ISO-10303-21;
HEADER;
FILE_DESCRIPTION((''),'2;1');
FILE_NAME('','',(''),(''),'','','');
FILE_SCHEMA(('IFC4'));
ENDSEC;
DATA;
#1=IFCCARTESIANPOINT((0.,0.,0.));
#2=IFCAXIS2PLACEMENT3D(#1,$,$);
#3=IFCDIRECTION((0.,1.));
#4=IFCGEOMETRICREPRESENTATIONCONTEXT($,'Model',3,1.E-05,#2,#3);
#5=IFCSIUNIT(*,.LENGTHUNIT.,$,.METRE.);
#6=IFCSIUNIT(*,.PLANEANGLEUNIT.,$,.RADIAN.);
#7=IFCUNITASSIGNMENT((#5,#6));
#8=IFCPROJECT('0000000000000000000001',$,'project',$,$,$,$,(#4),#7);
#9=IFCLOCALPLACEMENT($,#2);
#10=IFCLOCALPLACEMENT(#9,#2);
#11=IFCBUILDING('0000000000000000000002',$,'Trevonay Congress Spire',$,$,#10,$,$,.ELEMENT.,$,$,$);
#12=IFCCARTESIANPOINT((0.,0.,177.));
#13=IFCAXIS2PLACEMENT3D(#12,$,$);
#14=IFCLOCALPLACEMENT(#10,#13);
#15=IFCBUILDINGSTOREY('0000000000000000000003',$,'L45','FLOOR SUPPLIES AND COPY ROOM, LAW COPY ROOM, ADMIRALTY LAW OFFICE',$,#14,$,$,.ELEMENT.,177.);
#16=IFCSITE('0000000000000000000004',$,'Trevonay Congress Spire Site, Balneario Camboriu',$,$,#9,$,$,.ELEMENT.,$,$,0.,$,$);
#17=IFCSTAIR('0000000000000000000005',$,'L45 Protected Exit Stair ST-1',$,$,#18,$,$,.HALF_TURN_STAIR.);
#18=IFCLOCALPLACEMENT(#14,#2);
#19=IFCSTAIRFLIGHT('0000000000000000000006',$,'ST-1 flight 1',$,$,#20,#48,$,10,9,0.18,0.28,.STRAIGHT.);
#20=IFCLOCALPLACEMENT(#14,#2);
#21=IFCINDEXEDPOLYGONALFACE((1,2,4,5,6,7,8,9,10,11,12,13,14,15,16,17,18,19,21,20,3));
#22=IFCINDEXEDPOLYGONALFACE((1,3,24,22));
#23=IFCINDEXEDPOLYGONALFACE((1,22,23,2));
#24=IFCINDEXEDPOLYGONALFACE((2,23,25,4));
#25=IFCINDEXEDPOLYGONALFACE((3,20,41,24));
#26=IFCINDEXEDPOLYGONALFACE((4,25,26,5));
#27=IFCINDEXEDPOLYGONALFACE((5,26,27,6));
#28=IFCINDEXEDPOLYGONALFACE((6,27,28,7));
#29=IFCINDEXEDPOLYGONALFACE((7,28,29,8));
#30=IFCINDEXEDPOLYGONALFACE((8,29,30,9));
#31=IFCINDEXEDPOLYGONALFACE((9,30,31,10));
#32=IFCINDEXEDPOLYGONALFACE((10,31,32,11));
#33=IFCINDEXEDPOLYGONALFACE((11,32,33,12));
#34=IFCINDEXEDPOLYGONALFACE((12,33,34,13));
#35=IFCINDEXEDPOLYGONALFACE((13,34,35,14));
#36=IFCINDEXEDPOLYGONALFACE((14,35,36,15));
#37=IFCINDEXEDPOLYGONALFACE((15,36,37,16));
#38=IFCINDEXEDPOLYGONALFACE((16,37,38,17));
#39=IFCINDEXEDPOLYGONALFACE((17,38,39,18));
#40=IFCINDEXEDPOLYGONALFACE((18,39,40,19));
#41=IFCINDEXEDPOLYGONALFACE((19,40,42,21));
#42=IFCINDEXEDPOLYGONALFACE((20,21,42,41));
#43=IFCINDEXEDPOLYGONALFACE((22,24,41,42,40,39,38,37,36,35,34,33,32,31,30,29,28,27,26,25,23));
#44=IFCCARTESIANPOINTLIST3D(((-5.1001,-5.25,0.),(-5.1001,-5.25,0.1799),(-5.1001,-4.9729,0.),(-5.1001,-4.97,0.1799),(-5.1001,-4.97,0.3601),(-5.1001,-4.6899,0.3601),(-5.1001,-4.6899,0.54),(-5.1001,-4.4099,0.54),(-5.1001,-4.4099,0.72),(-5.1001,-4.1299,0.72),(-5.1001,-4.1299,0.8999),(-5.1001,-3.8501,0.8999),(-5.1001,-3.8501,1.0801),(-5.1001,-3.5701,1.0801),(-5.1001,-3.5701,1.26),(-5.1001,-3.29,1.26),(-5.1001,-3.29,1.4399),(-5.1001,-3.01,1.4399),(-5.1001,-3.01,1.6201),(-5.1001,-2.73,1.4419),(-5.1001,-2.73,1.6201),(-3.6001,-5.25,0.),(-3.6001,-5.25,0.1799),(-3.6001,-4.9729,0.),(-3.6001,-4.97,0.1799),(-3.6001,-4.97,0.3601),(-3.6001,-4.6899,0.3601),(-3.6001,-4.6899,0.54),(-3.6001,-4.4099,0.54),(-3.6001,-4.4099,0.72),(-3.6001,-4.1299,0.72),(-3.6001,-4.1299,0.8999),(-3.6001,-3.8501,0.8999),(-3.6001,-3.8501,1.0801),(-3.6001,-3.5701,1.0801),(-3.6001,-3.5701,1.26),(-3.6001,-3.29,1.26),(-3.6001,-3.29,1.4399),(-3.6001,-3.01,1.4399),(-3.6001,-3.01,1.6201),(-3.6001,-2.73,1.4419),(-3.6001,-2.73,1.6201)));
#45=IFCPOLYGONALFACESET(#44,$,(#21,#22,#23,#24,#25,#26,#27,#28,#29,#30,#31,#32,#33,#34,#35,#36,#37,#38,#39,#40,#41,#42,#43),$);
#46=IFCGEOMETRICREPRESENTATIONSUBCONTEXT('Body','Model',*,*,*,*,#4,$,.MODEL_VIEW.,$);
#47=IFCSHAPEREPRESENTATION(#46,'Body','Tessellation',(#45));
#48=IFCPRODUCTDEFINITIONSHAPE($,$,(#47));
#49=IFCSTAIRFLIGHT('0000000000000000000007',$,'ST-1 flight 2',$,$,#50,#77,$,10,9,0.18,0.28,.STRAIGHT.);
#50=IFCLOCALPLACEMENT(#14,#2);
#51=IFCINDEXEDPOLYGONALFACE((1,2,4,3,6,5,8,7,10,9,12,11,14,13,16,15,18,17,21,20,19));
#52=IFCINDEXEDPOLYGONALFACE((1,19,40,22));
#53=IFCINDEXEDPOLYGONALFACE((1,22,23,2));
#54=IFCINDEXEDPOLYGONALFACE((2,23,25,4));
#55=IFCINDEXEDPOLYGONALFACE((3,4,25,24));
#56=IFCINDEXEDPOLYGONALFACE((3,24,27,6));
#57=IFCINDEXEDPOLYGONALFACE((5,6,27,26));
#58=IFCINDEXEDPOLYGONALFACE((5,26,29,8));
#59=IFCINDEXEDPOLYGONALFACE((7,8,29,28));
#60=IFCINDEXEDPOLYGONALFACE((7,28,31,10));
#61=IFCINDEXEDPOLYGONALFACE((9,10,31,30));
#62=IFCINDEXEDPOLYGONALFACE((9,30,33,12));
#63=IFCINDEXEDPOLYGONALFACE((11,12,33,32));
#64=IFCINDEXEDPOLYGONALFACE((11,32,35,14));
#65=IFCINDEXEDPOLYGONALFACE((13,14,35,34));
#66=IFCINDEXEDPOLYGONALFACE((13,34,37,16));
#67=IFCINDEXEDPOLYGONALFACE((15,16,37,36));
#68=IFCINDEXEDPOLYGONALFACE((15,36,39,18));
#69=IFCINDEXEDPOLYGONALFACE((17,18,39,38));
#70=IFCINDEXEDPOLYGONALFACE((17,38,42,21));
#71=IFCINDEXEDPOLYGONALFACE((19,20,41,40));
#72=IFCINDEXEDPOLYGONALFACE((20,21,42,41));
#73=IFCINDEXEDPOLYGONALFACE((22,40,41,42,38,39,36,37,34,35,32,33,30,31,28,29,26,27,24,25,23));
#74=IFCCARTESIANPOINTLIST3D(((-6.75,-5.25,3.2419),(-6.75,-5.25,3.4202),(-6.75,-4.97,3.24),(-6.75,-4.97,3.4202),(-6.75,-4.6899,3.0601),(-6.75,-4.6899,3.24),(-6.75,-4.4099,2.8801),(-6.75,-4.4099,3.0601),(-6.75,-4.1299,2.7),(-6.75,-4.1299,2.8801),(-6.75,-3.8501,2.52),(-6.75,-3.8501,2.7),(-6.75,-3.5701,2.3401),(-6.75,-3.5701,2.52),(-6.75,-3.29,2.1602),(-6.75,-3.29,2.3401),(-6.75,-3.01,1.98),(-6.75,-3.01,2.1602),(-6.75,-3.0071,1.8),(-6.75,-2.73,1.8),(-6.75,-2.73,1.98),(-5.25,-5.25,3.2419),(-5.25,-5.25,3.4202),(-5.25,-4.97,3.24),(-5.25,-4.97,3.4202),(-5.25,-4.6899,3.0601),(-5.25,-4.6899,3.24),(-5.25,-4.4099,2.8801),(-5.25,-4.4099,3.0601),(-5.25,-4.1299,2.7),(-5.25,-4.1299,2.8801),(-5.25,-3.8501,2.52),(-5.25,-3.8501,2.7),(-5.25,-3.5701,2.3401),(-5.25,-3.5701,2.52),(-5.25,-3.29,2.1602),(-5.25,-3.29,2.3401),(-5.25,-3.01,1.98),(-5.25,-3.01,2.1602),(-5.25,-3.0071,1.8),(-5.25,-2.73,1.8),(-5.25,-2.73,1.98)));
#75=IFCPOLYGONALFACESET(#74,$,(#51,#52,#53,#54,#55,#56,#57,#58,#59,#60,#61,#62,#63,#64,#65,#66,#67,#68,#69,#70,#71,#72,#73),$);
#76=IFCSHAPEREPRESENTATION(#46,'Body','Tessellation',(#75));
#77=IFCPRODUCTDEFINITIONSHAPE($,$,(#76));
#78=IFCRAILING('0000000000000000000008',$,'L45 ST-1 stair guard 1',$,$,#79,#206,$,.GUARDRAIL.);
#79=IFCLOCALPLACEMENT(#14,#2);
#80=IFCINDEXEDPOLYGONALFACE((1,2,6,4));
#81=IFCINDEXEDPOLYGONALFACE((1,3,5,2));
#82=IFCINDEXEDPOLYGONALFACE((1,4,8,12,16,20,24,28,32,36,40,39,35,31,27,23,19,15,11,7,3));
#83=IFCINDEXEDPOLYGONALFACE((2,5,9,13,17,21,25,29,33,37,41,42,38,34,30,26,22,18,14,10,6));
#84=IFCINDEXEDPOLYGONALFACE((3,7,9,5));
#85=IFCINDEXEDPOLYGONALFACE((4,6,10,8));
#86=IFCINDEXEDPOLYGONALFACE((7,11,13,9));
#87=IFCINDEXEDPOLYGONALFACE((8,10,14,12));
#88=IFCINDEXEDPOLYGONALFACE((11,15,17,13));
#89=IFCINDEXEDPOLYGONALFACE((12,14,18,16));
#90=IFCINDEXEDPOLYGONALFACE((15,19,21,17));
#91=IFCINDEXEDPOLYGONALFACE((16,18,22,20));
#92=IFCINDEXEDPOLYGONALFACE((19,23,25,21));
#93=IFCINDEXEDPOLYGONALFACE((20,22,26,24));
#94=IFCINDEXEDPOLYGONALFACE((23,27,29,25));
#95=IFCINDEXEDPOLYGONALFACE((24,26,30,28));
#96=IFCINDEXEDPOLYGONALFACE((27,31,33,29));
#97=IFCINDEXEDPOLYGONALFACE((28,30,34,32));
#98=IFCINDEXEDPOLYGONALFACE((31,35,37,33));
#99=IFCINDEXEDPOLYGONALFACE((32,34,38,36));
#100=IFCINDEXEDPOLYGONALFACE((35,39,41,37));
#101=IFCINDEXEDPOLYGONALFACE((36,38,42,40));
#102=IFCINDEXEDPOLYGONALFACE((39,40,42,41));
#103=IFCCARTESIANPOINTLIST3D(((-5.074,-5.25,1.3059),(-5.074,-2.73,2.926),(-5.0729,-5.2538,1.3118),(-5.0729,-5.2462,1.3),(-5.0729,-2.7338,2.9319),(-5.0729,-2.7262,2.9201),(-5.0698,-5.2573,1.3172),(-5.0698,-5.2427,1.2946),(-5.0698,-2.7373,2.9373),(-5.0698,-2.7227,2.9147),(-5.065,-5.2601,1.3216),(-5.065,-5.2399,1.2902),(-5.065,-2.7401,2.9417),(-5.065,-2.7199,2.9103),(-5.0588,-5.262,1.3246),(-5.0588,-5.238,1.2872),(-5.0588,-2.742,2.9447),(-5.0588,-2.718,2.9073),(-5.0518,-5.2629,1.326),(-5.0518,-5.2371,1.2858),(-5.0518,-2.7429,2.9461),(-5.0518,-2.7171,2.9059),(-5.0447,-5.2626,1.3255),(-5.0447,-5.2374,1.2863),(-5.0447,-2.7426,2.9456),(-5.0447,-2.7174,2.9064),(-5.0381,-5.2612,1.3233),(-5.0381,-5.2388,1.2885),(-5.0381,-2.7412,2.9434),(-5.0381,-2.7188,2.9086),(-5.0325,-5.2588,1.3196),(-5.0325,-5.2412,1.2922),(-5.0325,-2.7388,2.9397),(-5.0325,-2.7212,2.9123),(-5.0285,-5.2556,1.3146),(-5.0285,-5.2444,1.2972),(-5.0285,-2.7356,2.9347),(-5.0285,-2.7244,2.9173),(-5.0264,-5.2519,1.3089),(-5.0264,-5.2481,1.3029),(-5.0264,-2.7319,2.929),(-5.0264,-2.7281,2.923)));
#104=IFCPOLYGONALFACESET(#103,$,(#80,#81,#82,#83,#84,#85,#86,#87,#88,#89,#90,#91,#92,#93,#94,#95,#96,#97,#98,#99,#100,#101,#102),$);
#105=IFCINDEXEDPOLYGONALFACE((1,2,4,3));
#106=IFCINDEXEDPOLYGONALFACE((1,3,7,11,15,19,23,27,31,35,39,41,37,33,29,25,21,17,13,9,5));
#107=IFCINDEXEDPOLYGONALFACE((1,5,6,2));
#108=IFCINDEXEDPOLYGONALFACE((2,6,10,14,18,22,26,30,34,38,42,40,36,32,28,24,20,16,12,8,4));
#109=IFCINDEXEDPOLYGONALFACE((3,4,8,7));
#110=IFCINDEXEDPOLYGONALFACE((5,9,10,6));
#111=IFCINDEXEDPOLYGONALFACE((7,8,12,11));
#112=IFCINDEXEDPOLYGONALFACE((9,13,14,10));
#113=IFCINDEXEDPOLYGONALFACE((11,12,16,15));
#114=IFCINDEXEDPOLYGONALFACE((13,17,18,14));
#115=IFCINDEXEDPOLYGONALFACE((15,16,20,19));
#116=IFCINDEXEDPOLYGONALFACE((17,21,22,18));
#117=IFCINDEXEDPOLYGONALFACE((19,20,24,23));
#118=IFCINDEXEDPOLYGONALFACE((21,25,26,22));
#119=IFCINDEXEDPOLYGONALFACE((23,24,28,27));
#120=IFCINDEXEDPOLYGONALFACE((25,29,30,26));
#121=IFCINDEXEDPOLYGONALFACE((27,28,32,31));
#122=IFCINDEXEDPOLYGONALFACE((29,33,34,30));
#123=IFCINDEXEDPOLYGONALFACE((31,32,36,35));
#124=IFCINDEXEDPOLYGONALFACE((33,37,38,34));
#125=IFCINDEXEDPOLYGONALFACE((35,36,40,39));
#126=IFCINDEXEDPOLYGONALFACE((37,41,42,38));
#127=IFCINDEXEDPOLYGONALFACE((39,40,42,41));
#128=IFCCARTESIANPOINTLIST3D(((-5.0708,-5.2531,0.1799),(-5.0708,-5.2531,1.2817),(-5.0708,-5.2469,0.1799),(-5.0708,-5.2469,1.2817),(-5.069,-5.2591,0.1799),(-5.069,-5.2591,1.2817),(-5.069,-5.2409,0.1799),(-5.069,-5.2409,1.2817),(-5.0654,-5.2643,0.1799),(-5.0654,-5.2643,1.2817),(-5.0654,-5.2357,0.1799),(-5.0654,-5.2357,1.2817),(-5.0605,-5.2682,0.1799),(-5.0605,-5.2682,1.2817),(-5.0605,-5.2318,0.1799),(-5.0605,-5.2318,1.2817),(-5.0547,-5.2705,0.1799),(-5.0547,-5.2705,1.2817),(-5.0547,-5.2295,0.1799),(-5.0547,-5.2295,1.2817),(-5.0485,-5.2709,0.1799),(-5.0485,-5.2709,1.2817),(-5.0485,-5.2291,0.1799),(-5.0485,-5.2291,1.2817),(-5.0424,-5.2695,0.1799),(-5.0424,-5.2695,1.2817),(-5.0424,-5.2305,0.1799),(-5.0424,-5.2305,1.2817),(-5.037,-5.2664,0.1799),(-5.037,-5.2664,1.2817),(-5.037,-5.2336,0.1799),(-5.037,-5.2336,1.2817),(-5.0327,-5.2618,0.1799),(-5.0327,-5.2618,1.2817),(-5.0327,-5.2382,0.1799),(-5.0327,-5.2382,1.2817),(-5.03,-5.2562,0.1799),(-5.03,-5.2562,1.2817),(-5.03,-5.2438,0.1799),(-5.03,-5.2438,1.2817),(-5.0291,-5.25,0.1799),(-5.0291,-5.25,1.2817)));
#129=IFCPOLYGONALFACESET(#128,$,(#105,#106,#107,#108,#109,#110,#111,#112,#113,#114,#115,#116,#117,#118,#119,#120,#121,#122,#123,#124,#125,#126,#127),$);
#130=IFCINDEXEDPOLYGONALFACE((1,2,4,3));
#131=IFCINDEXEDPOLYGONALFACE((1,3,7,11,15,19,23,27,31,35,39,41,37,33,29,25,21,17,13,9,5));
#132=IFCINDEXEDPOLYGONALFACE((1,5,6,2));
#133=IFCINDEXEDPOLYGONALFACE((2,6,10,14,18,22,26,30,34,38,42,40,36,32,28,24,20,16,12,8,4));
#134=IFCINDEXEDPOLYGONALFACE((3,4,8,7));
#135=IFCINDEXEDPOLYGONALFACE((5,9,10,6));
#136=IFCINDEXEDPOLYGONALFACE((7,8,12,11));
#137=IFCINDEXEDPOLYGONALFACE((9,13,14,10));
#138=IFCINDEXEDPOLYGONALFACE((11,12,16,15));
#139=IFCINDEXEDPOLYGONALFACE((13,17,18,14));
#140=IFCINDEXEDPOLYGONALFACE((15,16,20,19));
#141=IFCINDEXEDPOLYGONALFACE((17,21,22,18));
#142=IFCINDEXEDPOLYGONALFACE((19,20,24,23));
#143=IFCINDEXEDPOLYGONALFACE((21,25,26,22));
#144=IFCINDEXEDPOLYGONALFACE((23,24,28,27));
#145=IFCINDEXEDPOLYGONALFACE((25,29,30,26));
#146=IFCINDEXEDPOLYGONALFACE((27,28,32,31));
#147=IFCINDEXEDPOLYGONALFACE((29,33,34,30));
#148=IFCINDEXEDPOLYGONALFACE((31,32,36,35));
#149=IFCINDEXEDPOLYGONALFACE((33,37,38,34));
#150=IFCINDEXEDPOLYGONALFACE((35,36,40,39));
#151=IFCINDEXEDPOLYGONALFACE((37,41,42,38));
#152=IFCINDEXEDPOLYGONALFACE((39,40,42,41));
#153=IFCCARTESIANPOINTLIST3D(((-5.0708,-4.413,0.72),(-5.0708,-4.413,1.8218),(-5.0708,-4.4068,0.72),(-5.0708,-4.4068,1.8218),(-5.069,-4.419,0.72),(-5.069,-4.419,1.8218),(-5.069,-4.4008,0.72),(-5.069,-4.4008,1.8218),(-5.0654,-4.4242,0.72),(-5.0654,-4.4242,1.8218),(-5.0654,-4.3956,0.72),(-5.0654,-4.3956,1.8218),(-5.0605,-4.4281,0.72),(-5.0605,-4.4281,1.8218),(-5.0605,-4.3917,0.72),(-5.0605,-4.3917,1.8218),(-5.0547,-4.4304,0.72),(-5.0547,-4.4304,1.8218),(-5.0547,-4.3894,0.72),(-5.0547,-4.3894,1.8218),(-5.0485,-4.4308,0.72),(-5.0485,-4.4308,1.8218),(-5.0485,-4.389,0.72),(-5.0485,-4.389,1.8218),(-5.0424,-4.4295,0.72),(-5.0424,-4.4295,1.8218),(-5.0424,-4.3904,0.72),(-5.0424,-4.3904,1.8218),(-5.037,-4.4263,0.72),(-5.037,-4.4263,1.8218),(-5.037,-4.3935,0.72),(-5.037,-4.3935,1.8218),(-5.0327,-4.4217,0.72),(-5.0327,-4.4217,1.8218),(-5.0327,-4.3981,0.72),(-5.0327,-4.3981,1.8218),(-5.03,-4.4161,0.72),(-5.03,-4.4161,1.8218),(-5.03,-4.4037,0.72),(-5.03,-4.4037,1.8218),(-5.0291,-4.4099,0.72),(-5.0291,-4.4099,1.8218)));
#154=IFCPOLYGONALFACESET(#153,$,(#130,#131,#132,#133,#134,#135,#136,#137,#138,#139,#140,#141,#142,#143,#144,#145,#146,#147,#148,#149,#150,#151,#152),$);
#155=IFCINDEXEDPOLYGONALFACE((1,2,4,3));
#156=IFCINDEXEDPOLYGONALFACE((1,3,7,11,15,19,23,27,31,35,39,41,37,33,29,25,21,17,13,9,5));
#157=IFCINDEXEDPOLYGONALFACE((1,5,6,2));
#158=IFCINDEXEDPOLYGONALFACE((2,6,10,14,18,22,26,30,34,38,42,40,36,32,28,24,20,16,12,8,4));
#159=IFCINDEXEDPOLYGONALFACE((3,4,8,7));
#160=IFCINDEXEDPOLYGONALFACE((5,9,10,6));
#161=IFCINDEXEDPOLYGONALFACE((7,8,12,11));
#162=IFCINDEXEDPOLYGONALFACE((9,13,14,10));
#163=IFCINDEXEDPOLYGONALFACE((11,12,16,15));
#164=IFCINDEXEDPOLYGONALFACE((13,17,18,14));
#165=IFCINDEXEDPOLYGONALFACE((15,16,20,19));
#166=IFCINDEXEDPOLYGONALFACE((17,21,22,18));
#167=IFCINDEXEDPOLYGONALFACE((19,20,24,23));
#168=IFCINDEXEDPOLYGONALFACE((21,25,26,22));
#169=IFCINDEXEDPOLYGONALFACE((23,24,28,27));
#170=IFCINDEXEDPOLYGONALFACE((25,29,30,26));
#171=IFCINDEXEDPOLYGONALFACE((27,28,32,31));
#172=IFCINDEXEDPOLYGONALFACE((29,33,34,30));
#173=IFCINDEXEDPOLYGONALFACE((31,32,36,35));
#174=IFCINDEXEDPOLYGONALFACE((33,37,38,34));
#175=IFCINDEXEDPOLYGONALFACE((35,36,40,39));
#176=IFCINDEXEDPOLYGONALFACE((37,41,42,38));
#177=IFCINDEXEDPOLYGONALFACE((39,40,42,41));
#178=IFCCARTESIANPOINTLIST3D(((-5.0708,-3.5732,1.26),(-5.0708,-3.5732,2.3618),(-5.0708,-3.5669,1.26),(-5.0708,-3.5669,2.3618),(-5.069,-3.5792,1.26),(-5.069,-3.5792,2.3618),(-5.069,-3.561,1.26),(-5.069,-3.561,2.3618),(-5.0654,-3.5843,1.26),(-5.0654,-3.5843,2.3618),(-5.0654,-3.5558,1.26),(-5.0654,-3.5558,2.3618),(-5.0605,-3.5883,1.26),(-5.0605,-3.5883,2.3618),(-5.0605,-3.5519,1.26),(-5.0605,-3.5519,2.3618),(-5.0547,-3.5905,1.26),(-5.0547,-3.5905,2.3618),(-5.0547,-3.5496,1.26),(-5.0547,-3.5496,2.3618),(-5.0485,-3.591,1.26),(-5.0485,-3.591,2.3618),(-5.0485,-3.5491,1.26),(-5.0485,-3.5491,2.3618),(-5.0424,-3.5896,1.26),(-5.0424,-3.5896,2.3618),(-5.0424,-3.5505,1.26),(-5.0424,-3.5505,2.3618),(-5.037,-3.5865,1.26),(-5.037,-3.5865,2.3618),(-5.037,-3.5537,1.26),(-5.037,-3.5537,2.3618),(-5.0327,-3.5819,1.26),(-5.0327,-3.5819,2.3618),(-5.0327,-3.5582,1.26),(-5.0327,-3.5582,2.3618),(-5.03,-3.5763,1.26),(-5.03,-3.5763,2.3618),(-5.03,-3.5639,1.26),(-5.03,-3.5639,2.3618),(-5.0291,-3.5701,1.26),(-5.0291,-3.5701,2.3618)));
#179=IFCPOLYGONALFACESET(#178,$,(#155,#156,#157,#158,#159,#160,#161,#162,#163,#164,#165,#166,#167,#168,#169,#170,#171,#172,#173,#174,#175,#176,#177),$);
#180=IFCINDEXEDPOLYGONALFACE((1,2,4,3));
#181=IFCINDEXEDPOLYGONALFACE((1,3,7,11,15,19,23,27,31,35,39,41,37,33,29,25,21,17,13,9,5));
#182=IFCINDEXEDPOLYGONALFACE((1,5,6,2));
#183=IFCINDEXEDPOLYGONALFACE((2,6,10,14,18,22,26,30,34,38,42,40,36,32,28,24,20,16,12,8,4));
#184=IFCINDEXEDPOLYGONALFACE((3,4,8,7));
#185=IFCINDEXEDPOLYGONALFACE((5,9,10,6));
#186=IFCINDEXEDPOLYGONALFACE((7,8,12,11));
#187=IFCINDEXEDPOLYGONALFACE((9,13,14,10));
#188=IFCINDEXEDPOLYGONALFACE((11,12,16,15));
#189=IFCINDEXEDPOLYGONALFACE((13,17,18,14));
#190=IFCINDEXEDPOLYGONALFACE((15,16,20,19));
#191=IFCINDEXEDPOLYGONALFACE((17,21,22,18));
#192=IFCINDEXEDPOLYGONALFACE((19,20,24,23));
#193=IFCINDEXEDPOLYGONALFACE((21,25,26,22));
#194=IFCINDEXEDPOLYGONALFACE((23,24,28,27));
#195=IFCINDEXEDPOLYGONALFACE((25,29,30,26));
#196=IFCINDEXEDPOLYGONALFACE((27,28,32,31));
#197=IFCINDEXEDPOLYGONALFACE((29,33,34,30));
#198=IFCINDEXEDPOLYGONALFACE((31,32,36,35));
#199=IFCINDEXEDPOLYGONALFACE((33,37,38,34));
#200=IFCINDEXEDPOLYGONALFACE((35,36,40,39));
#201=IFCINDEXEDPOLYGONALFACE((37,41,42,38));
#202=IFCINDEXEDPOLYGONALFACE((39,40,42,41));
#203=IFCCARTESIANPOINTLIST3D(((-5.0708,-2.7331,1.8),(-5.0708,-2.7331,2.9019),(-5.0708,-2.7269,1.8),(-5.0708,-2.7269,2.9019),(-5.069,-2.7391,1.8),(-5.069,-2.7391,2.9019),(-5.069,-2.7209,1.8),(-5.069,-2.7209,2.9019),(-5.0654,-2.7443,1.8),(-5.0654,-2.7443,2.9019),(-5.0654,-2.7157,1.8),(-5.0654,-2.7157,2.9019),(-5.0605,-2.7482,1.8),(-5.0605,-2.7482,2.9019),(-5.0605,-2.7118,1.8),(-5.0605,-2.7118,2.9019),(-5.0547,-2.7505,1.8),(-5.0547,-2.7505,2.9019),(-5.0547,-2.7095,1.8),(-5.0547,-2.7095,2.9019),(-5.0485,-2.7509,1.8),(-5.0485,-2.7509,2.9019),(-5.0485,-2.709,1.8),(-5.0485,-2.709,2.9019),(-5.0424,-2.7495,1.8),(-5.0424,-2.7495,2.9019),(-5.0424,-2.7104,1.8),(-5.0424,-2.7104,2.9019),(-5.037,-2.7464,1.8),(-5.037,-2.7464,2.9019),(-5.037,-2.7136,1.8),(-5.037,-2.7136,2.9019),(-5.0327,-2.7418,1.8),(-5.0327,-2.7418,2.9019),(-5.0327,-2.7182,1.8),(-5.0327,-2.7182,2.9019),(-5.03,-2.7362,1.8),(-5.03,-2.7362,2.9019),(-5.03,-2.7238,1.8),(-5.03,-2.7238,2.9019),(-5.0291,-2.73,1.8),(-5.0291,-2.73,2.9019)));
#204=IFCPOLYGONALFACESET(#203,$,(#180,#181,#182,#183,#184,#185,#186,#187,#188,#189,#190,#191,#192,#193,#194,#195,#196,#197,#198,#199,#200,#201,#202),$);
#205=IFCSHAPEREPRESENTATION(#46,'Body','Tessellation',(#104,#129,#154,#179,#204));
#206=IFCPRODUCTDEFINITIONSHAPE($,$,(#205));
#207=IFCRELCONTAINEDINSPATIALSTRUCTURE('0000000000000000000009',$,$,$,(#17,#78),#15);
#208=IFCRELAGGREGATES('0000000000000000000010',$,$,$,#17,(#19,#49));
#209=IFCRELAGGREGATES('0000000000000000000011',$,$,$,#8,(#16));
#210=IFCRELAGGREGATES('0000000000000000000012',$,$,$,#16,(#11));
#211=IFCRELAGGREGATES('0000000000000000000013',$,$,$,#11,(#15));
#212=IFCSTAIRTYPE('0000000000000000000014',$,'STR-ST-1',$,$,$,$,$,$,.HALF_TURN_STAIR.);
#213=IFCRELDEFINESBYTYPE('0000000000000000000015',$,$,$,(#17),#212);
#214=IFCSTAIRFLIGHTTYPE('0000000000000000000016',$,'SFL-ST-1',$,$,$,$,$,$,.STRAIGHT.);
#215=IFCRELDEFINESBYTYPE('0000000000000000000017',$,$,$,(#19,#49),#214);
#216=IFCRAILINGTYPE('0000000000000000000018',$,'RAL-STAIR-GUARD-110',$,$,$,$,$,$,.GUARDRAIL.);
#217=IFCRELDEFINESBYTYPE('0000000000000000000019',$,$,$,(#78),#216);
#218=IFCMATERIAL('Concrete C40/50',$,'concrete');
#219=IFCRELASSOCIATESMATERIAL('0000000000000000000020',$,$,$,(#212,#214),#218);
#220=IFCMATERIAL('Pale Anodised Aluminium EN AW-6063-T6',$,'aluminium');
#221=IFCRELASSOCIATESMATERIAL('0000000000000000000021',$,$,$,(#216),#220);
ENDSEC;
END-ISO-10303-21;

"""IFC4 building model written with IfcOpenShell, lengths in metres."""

from ifc_helpers import new_model, si_unit, direction, frame, origin, origin_2d, place, context, subcontext, project, spatial, polyline, circle, outline, extrude, material, type_object, element, aggregate, save


model = new_model("IFC4")

# Units and contexts
model_context = context("Model", 3, precision=1e-05, world=origin(), true_north=direction((0.0, 1.0)))
body_context = subcontext(model_context, "Body", "Model", "MODEL_VIEW")
ifc_project = project(units=[si_unit("LENGTHUNIT", "METRE"), si_unit("PLANEANGLEUNIT", "RADIAN")], contexts=[model_context])

# Site, building, storey
site_placement = place(None, origin())
site = spatial("IfcSite", under=ifc_project, at=site_placement, Name="Trevonay Congress Spire Site, Balneario Camboriu", CompositionType="ELEMENT", RefElevation=0.0)
building_placement = place(site_placement, origin())
building = spatial("IfcBuilding", under=site, at=building_placement, Name="Trevonay Congress Spire", CompositionType="ELEMENT")
storey_placement = place(building_placement, frame((0.0, 0.0, 177.0)))
storey = spatial("IfcBuildingStorey", under=building, at=storey_placement, Name="L45", Description="FLOOR SUPPLIES AND COPY ROOM, LAW COPY ROOM, ADMIRALTY LAW OFFICE", CompositionType="ELEMENT", Elevation=177.0)

# Shared definitions
ifc_material_1 = material(Name="Concrete C40/50", Category="concrete")

# Stair, stair flights
stair_type = type_object("IfcStairType", Name="STR-ST-1", PredefinedType="HALF_TURN_STAIR", material=ifc_material_1)
stair_placement = place(storey_placement, origin())
stair = element("IfcStair", 1, at=stair_placement, inside=storey, type_object=stair_type, Name="L45 Protected Exit Stair ST-1", PredefinedType="HALF_TURN_STAIR")
stair_flight_type = type_object("IfcStairFlightType", Name="SFL-ST-1", PredefinedType="STRAIGHT", material=ifc_material_1)
stair_flight_1_placement = place(storey_placement, frame((-4.3501, -5.25, 0.0), z_axis=(0.0, 0.0, 1.0), x_axis=(0.0, 1.0, 0.0)))
stair_flight_1 = element("IfcStairFlight", 2, at=stair_flight_1_placement, type_object=stair_flight_type, Name="ST-1 flight 1", NumberOfRisers=10, NumberOfTreads=9, PredefinedType="STRAIGHT", RiserHeight=0.18, TreadLength=0.28, context=body_context, shape_type="SweptSolid", body=[
    extrude(outline(polyline([(0.0, 0.0), (0.0, 0.1799), (0.28, 0.1799), (0.28, 0.3601), (0.5601, 0.3601), (0.5601, 0.54), (0.8401, 0.54), (0.8401, 0.72), (1.1201, 0.72), (1.1201, 0.8999), (1.3999, 0.8999), (1.3999, 1.0801), (1.6799, 1.0801), (1.6799, 1.26), (1.96, 1.26), (1.96, 1.4399), (2.24, 1.4399), (2.24, 1.6201), (2.52, 1.6201), (2.52, 1.8), (2.52, 1.4419), (0.2771, 0.0), (0.0, 0.0)])), frame((0.0, 0.75, 0.0), z_axis=(0.0, -1.0, 0.0), x_axis=(1.0, 0.0, 0.0)), (0.0, 0.0, 1.0), 1.5),
])
stair_flight_2_placement = place(storey_placement, frame((-6.0, -2.73, 1.8), z_axis=(0.0, 0.0, 1.0), x_axis=(0.0, -1.0, 0.0)))
stair_flight_2 = element("IfcStairFlight", 3, at=stair_flight_2_placement, type_object=stair_flight_type, Name="ST-1 flight 2", NumberOfRisers=10, NumberOfTreads=9, PredefinedType="STRAIGHT", RiserHeight=0.18, TreadLength=0.28, context=body_context, shape_type="SweptSolid", body=[
    extrude(outline(polyline([(0.0, 0.0), (0.0, 0.1799), (0.28, 0.1799), (0.28, 0.3601), (0.5601, 0.3601), (0.5601, 0.54), (0.8401, 0.54), (0.8401, 0.72), (1.1201, 0.72), (1.1201, 0.8999), (1.3999, 0.8999), (1.3999, 1.0801), (1.6799, 1.0801), (1.6799, 1.26), (1.96, 1.26), (1.96, 1.4399), (2.24, 1.4399), (2.24, 1.6201), (2.52, 1.6201), (2.52, 1.8), (2.52, 1.4419), (0.2771, 0.0), (0.0, 0.0)])), frame((0.0, 0.75, 0.0), z_axis=(0.0, -1.0, 0.0), x_axis=(1.0, 0.0, 0.0)), (0.0, 0.0, 1.0), 1.5),
])
aggregate(stair, [stair_flight_1, stair_flight_2])

# Railing
ifc_material_2 = material(Name="Pale Anodised Aluminium EN AW-6063-T6", Category="aluminium")
railing_type_1 = type_object("IfcRailingType", Name="RAL-STAIR-GUARD-110", PredefinedType="GUARDRAIL", material=ifc_material_2)
railing_1_placement = place(storey_placement, frame((-5.05, -5.25, 0.1799)))
element("IfcRailing", 4, at=railing_1_placement, inside=storey, type_object=railing_type_1, Name="L45 ST-1 stair guard 1", PredefinedType="GUARDRAIL", context=body_context, shape_type="SweptSolid", body=[
    extrude(circle(Radius=0.0239, at=origin_2d()), frame((0.0, 0.0, 1.126), z_axis=(0.0, 0.841163, 0.540782), x_axis=(-1.0, 0.0, 0.0)), (0.0, 0.0, 1.0), 2.9958),
    extrude(circle(Radius=0.021, at=origin_2d()), origin(), (0.0, 0.0, 1.0), 1.1018),
    extrude(circle(Radius=0.021, at=origin_2d()), frame((0.0, 0.8401, 0.54)), (0.0, 0.0, 1.0), 1.1018),
    extrude(circle(Radius=0.021, at=origin_2d()), frame((0.0, 1.6799, 1.0801)), (0.0, 0.0, 1.0), 1.1018),
    extrude(circle(Radius=0.021, at=origin_2d()), frame((0.0, 2.52, 1.6201)), (0.0, 0.0, 1.0), 1.1018),
])

save(model, "model.ifc")
